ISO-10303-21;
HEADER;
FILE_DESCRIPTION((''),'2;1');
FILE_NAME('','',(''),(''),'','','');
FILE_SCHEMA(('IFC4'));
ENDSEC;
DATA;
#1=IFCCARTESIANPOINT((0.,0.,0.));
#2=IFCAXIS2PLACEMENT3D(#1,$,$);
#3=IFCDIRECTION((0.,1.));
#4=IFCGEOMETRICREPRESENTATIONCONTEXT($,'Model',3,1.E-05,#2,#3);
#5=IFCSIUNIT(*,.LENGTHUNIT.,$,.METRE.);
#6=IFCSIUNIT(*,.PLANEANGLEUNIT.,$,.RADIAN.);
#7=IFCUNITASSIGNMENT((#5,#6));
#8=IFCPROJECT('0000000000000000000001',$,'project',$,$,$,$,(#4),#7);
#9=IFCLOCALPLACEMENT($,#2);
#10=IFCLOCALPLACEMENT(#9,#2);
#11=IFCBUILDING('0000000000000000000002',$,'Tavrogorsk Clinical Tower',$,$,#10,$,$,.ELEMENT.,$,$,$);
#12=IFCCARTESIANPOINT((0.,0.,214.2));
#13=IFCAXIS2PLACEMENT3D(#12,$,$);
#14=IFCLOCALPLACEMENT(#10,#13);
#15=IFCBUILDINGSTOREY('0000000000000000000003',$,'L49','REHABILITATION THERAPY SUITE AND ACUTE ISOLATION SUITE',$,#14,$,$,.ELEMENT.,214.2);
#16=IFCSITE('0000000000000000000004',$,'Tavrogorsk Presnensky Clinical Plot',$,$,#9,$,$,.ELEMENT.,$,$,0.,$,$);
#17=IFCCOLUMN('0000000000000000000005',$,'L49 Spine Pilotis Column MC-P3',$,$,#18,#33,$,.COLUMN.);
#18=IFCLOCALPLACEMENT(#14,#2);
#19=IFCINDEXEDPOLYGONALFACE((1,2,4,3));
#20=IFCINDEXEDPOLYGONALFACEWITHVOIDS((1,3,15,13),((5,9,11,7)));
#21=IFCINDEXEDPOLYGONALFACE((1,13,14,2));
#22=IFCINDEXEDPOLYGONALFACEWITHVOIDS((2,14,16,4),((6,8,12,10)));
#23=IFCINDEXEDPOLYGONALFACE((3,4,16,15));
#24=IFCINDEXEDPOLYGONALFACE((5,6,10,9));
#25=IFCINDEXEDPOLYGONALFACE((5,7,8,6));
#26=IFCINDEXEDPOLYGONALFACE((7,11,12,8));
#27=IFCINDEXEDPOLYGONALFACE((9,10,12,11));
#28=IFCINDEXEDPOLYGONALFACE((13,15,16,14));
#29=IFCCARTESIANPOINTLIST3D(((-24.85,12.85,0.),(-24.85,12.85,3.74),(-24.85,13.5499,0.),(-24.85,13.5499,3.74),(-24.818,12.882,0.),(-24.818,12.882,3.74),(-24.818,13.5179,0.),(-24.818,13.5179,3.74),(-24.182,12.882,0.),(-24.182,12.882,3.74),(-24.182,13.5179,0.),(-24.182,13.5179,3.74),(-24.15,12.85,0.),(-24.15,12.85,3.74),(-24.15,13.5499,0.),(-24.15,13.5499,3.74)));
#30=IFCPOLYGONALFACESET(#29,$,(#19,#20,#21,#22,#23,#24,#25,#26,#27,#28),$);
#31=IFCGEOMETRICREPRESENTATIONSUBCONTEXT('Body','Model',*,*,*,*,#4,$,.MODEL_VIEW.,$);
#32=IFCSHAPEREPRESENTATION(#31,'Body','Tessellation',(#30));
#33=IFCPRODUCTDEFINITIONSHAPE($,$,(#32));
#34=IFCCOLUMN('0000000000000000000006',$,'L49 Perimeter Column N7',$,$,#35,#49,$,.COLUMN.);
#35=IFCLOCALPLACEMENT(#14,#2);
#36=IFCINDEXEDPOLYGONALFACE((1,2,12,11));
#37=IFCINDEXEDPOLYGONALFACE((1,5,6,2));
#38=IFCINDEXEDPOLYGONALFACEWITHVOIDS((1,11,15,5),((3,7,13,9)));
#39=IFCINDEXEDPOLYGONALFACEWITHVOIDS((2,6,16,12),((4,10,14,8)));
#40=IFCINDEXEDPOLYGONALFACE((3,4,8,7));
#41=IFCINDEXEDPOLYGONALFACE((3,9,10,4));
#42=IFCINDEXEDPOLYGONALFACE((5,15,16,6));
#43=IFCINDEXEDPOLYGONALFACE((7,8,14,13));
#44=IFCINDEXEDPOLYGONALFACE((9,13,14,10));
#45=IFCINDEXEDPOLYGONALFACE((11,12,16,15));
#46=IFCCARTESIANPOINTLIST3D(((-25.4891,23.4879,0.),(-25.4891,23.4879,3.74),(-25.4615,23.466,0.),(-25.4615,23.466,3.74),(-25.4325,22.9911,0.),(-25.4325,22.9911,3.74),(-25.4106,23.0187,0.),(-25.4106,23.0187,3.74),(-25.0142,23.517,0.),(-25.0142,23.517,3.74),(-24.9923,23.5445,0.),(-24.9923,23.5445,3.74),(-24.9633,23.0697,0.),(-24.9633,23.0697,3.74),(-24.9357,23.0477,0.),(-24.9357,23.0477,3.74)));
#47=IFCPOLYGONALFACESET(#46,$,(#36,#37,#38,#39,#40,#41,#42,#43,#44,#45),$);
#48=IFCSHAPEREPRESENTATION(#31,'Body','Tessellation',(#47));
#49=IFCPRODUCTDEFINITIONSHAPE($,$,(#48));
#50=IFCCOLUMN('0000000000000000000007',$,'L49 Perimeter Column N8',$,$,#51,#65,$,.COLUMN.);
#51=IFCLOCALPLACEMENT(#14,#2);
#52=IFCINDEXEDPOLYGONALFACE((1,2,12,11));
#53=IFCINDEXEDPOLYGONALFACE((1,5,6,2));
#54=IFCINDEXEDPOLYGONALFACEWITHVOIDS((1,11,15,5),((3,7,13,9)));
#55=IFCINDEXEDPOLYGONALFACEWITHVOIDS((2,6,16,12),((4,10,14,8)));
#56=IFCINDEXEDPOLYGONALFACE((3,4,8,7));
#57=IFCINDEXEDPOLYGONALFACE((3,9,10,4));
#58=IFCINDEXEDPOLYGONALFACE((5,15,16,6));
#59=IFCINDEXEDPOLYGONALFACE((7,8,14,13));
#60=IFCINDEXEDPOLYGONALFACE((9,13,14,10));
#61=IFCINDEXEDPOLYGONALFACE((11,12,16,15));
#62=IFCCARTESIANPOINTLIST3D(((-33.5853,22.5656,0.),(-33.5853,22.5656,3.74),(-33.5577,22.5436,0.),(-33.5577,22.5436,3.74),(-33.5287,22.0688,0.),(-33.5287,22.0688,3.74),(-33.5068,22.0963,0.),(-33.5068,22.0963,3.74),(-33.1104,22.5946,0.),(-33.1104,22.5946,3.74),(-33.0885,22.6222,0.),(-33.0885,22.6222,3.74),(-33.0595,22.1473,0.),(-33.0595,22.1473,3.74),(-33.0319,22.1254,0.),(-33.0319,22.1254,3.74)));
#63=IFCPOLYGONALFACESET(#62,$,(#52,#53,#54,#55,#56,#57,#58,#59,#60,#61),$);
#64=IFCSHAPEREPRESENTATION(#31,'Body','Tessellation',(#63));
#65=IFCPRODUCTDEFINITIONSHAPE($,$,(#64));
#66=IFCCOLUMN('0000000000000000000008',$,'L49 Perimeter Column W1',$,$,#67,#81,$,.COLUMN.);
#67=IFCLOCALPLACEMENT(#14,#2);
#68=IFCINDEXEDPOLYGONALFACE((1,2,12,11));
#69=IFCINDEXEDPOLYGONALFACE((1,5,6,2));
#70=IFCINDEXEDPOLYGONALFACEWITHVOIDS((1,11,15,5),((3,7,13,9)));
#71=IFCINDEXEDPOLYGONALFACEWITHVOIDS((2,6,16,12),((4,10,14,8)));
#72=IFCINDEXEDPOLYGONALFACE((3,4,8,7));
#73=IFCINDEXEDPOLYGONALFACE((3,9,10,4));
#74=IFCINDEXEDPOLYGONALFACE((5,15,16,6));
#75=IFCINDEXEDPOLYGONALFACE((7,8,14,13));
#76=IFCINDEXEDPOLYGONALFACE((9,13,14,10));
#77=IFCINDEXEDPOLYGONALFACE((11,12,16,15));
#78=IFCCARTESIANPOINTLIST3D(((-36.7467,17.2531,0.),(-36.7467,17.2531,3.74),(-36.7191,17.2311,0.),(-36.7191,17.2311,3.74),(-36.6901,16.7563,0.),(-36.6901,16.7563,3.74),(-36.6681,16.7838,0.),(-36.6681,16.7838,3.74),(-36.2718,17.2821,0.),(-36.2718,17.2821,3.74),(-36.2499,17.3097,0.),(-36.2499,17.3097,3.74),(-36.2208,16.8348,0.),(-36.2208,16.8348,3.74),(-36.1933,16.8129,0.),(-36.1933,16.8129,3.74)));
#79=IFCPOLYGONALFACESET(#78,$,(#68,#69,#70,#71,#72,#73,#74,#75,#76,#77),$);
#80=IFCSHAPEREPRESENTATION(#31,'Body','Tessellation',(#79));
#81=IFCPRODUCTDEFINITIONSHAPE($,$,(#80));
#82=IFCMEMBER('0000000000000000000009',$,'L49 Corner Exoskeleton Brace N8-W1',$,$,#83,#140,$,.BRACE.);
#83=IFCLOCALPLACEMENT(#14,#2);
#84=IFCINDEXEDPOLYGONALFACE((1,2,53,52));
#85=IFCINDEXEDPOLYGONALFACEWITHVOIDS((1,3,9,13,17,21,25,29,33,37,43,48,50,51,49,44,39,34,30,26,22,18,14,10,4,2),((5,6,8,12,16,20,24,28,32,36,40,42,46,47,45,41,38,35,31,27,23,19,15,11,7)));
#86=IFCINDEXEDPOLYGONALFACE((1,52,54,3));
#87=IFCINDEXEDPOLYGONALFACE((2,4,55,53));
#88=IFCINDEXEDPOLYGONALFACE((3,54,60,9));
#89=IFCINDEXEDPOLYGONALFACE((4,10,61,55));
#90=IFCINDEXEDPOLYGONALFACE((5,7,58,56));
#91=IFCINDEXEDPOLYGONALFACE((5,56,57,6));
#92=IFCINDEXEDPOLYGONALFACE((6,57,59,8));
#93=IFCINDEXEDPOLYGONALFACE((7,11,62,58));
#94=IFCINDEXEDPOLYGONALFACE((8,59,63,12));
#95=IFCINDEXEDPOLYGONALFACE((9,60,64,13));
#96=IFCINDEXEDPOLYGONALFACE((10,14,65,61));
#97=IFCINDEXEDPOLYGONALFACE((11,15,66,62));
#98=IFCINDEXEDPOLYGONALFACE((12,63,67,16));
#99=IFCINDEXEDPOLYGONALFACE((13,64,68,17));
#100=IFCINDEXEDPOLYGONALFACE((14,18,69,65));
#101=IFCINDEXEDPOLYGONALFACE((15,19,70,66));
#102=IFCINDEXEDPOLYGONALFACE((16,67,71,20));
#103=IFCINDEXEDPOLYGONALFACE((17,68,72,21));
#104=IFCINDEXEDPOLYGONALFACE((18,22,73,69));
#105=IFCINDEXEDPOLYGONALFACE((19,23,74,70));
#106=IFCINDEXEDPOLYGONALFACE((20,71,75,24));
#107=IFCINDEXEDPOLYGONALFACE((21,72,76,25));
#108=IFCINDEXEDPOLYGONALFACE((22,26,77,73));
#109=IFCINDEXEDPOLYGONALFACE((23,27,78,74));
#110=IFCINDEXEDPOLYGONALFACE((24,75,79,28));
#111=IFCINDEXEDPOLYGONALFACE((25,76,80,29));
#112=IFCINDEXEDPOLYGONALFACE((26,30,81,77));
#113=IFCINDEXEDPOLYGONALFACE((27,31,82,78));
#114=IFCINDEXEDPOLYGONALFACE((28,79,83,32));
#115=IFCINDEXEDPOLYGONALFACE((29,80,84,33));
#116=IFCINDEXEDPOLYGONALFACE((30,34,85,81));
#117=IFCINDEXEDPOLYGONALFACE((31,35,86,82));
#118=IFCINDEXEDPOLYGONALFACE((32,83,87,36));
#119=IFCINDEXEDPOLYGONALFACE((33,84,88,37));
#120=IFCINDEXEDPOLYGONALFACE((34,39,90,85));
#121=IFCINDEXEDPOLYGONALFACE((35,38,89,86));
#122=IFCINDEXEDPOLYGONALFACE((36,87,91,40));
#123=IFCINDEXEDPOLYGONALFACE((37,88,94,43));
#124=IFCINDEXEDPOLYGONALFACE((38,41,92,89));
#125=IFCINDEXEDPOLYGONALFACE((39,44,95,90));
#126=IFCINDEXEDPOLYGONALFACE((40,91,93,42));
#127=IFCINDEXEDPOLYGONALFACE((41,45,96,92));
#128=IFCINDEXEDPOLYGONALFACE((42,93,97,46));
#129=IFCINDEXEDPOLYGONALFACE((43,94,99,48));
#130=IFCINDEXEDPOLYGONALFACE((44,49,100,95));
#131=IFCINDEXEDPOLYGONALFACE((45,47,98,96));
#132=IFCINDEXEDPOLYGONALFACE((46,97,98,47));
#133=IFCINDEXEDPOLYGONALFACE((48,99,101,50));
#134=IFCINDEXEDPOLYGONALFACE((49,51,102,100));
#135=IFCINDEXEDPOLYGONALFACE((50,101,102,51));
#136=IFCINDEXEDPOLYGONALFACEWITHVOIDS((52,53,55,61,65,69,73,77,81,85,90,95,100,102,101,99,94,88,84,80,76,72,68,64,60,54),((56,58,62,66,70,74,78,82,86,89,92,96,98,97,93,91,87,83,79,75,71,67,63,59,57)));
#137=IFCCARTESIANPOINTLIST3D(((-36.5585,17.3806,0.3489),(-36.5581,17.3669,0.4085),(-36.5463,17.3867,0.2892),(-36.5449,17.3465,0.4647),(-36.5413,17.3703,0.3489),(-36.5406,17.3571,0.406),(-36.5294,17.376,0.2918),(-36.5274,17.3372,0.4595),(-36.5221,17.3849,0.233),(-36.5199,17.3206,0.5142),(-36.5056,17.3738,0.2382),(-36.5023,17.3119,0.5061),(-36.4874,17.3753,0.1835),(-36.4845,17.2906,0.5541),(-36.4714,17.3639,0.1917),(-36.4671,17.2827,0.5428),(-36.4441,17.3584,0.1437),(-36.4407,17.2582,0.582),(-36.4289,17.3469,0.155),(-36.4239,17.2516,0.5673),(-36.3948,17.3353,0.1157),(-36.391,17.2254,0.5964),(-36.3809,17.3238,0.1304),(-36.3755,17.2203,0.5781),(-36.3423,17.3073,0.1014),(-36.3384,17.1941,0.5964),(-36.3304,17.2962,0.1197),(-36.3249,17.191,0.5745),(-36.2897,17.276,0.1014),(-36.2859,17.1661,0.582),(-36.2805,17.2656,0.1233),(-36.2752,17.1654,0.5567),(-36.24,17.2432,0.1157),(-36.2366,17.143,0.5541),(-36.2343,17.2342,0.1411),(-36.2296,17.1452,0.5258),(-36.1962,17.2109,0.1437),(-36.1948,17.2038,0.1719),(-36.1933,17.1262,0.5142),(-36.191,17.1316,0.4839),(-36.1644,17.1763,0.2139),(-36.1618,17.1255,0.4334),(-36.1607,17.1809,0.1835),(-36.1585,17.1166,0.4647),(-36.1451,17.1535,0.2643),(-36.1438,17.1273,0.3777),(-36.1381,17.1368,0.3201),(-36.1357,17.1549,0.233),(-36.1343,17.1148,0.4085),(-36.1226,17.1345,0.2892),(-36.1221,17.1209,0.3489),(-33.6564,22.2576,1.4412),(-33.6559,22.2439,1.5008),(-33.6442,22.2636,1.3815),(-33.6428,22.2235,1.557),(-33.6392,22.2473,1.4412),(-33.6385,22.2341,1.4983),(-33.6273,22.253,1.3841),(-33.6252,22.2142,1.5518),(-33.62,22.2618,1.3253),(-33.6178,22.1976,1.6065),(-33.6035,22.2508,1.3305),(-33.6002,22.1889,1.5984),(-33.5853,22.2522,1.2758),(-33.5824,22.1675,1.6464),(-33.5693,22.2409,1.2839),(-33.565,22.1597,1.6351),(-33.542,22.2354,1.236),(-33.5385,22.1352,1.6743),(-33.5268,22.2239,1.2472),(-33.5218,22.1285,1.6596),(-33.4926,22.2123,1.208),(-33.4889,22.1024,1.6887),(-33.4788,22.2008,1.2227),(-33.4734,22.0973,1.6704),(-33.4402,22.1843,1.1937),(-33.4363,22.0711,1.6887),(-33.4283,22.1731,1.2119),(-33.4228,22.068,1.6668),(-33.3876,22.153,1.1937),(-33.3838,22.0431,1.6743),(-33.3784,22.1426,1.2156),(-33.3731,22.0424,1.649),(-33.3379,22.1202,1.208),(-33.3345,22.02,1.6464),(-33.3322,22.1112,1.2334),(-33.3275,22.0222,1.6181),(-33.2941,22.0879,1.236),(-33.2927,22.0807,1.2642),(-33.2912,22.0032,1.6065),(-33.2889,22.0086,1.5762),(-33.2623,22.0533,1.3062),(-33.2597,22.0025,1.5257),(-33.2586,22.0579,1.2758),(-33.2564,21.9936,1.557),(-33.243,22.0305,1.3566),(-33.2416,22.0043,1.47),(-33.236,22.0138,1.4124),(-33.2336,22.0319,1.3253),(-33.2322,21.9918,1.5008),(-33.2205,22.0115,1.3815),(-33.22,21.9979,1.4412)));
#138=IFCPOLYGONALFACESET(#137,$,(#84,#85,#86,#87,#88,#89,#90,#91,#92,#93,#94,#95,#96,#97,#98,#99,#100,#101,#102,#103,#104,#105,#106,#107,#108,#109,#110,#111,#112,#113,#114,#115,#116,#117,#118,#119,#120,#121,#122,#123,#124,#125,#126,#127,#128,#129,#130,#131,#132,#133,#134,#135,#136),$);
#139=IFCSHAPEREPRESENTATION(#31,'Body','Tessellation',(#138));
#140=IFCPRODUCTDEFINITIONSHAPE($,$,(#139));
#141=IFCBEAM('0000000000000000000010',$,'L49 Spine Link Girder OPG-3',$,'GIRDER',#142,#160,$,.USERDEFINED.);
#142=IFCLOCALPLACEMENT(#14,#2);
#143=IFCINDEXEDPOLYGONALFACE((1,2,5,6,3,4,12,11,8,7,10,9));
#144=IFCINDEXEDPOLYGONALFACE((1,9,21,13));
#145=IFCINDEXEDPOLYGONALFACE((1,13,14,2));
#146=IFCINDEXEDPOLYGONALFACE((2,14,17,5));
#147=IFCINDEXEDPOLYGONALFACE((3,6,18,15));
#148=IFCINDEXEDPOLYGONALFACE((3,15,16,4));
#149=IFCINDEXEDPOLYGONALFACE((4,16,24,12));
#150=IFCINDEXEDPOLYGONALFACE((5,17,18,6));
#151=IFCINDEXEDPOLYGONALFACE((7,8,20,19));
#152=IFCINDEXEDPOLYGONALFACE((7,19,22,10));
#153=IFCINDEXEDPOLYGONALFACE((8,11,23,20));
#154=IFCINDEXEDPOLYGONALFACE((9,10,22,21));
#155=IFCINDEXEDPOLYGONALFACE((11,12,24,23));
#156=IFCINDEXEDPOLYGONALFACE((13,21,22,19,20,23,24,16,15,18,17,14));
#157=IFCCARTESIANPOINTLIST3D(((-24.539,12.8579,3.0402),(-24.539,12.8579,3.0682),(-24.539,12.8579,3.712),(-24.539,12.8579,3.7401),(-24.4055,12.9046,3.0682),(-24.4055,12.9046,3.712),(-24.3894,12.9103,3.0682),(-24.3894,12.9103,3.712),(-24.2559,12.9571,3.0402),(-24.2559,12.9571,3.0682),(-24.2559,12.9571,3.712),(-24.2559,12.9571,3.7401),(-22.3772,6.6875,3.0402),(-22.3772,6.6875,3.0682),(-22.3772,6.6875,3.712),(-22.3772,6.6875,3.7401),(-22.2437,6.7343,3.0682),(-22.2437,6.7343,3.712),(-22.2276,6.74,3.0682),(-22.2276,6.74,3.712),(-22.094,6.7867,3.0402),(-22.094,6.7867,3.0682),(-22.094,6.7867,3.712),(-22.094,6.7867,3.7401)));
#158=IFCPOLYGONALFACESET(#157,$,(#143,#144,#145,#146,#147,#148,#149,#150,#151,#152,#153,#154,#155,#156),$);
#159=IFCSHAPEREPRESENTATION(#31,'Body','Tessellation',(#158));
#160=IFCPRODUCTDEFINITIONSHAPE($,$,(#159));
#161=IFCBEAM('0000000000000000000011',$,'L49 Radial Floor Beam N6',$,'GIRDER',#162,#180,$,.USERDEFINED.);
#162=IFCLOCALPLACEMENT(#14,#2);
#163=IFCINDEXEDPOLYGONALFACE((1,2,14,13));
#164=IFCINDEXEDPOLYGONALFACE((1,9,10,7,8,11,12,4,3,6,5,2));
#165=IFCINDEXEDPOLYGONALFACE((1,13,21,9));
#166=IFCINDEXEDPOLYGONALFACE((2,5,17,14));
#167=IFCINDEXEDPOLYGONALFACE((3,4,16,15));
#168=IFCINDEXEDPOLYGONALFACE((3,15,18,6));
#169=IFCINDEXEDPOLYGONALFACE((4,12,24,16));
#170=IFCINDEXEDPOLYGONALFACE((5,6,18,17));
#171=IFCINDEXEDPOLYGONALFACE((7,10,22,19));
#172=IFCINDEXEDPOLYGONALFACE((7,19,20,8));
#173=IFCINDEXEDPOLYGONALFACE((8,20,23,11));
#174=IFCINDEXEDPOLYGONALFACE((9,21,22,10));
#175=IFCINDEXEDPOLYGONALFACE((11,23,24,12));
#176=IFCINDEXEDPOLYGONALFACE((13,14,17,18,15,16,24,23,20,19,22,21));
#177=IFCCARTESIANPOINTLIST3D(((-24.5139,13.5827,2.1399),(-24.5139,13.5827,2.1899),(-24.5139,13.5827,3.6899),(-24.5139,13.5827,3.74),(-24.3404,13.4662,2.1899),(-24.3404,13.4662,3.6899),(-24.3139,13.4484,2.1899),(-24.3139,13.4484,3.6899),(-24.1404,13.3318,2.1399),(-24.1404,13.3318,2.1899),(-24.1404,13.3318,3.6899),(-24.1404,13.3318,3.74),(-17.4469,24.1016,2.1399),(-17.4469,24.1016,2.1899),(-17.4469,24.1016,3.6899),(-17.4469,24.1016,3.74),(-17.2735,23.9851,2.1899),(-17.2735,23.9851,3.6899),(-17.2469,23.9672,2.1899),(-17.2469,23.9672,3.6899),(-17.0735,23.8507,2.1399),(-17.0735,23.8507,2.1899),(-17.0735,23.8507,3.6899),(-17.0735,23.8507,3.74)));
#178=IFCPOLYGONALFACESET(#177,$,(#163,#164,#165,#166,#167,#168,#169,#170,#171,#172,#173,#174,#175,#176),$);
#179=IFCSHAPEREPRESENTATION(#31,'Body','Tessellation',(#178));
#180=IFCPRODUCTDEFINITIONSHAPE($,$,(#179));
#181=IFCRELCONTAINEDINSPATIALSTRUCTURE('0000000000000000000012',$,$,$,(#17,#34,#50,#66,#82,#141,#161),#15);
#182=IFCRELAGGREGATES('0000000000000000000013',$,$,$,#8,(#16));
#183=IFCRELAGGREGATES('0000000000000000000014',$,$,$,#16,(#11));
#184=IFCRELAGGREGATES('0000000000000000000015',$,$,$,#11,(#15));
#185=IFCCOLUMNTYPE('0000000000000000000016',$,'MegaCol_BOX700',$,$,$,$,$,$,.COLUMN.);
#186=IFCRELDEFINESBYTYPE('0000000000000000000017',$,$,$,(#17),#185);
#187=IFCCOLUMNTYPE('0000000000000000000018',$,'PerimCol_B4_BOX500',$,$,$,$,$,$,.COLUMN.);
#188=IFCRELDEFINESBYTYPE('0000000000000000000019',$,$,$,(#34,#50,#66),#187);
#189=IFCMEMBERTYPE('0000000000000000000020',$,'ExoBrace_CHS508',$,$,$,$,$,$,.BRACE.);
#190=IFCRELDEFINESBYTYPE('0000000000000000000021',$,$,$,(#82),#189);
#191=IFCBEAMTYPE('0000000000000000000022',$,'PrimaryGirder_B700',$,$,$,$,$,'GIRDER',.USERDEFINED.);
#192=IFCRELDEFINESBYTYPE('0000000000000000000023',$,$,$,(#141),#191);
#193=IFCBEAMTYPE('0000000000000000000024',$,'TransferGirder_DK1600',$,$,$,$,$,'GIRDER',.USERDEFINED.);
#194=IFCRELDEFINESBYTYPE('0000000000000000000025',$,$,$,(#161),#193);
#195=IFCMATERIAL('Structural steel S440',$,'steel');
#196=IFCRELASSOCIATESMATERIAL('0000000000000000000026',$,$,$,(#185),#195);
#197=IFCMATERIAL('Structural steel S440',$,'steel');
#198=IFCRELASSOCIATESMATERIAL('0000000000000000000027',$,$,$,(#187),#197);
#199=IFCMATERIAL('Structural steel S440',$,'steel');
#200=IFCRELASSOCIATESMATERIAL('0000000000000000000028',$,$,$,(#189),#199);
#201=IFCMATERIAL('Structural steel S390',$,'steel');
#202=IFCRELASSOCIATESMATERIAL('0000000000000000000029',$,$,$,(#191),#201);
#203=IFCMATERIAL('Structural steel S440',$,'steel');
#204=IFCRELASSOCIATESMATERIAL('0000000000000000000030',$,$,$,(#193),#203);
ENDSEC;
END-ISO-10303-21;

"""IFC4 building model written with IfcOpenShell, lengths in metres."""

from ifc_helpers import new_model, si_unit, direction, frame, origin, origin_2d, place, context, subcontext, project, spatial, hollow_rectangle, hollow_circle, i_section, extrude, material, material_profile, profile_set, type_object, element, save


model = new_model("IFC4")

# Units and contexts
model_context = context("Model", 3, precision=1e-05, world=origin(), true_north=direction((0.0, 1.0)))
body_context = subcontext(model_context, "Body", "Model", "MODEL_VIEW")
ifc_project = project(units=[si_unit("LENGTHUNIT", "METRE"), si_unit("PLANEANGLEUNIT", "RADIAN")], contexts=[model_context])

# Site, building, storey
site_placement = place(None, origin())
site = spatial("IfcSite", under=ifc_project, at=site_placement, Name="Tavrogorsk Presnensky Clinical Plot", CompositionType="ELEMENT", RefElevation=0.0)
building_placement = place(site_placement, origin())
building = spatial("IfcBuilding", under=site, at=building_placement, Name="Tavrogorsk Clinical Tower", CompositionType="ELEMENT")
storey_placement = place(building_placement, frame((0.0, 0.0, 214.2)))
storey = spatial("IfcBuildingStorey", under=building, at=storey_placement, Name="L49", Description="REHABILITATION THERAPY SUITE AND ACUTE ISOLATION SUITE", CompositionType="ELEMENT", Elevation=214.2)

# Columns
ifc_material_1 = material(Name="Structural steel S440", Category="steel")
ifc_material_profile_1 = material_profile(ifc_material_1, hollow_rectangle(XDim=0.7, YDim=0.7, WallThickness=0.032, at=origin_2d()), Name="BOX-700x700x32")
ifc_profile_set_1 = profile_set([ifc_material_profile_1], Name="Structural steel S440")
column_type_1 = type_object("IfcColumnType", Name="MegaCol_BOX700", PredefinedType="COLUMN", material=ifc_profile_set_1)
column_placement = place(storey_placement, frame((-24.5, 13.2, 0.0), z_axis=(0.0, 0.0, 1.0), x_axis=(1.0, 0.0, 0.0)))
element("IfcColumn", 1, at=column_placement, inside=storey, type_object=column_type_1, Name="L49 Spine Pilotis Column MC-P3", PredefinedType="COLUMN", context=body_context, shape_type="SweptSolid", body=[
    extrude(hollow_rectangle(XDim=0.7, YDim=0.7, WallThickness=0.032, at=origin_2d()), origin(), (0.0, 0.0, 1.0), 3.74),
])
ifc_material_2 = material(Name="Structural steel S440", Category="steel")
ifc_material_profile_2 = material_profile(ifc_material_2, hollow_rectangle(XDim=0.5, YDim=0.5, WallThickness=0.0249, at=origin_2d()), Name="BOX-500x500x25")
ifc_profile_set_2 = profile_set([ifc_material_profile_2], Name="Structural steel S440")
column_type_2 = type_object("IfcColumnType", Name="PerimCol_B4_BOX500", PredefinedType="COLUMN", material=ifc_profile_set_2)
for number, where, z_axis, x_axis, name in (
    (2, (-25.2124, 23.2678, 0.0), (0.0, 0.0, 1.0), (0.993572, 0.113203, 0.0), "L49 Perimeter Column N7"),
    (3, (-33.3086, 22.3455, 0.0), (0.0, 0.0, 1.0), (0.993572, 0.113203, 0.0), "L49 Perimeter Column N8"),
    (4, (-36.47, 17.033, 0.0), (0.0, 0.0, 1.0), (0.993572, 0.113203, 0.0), "L49 Perimeter Column W1"),
):
    element("IfcColumn", number, at=place(storey_placement, frame(where, z_axis=z_axis, x_axis=x_axis)), inside=storey, type_object=column_type_2, Name=name, PredefinedType="COLUMN", context=body_context, shape_type="SweptSolid", body=[
        extrude(hollow_rectangle(XDim=0.5, YDim=0.5, WallThickness=0.0249, at=origin_2d()), origin(), (0.0, 0.0, 1.0), 3.74),
    ])

# Member
ifc_material_3 = material(Name="Structural steel S440", Category="steel")
ifc_material_profile_3 = material_profile(ifc_material_3, hollow_circle(Radius=0.2539, WallThickness=0.02, at=origin_2d()), Name="CHS-508x20")
ifc_profile_set_3 = profile_set([ifc_material_profile_3], Name="Structural steel S440")
member_type = type_object("IfcMemberType", Name="ExoBrace_CHS508", PredefinedType="BRACE", material=ifc_profile_set_3)
member_placement = place(storey_placement, frame((-36.3403, 17.2507, 0.3489), z_axis=(0.502157, 0.84387, 0.189001), x_axis=(-0.859359, 0.511373, 0.0)))
element("IfcMember", 5, at=member_placement, inside=storey, type_object=member_type, Name="L49 Corner Exoskeleton Brace N8-W1", PredefinedType="BRACE", context=body_context, shape_type="SweptSolid", body=[
    extrude(hollow_circle(Radius=0.2539, WallThickness=0.02, at=origin_2d()), origin(), (0.0, 0.0, 1.0), 5.7793),
])

# Beams
ifc_material_4 = material(Name="Structural steel S390", Category="steel")
ifc_material_profile_4 = material_profile(ifc_material_4, i_section(OverallWidth=0.3, OverallDepth=0.7, WebThickness=0.0171, FlangeThickness=0.0281, at=origin_2d()), Name="B-700x300x17x28")
ifc_profile_set_4 = profile_set([ifc_material_profile_4], Name="Structural steel S390")
beam_type_1 = type_object("IfcBeamType", Name="PrimaryGirder_B700", ElementType="GIRDER", PredefinedType="USERDEFINED", material=ifc_profile_set_4)
beam_1_placement = place(storey_placement, frame((-24.3975, 12.9075, 3.3901), z_axis=(0.330653, -0.943752, 0.0), x_axis=(0.943752, 0.330653, 0.0)))
element("IfcBeam", 6, at=beam_1_placement, inside=storey, type_object=beam_type_1, Name="L49 Spine Link Girder OPG-3", ObjectType="GIRDER", PredefinedType="USERDEFINED", context=body_context, shape_type="SweptSolid", body=[
    extrude(i_section(OverallWidth=0.3, OverallDepth=0.7, WebThickness=0.0171, FlangeThickness=0.0281, at=origin_2d()), origin(), (0.0, 0.0, 1.0), 6.5381),
])
ifc_material_5 = material(Name="Structural steel S440", Category="steel")
ifc_material_profile_5 = material_profile(ifc_material_5, i_section(OverallWidth=0.45, OverallDepth=1.6001, WebThickness=0.032, FlangeThickness=0.05, at=origin_2d()), Name="DK-1600x450x32x50")
ifc_profile_set_5 = profile_set([ifc_material_profile_5], Name="Structural steel S440")
beam_type_2 = type_object("IfcBeamType", Name="TransferGirder_DK1600", ElementType="GIRDER", PredefinedType="USERDEFINED", material=ifc_profile_set_5)
beam_2_placement = place(storey_placement, frame((-24.3271, 13.4573, 2.9399), z_axis=(0.557667, 0.830065, 0.0), x_axis=(-0.830065, 0.557667, 0.0)))
element("IfcBeam", 7, at=beam_2_placement, inside=storey, type_object=beam_type_2, Name="L49 Radial Floor Beam N6", ObjectType="GIRDER", PredefinedType="USERDEFINED", context=body_context, shape_type="SweptSolid", body=[
    extrude(i_section(OverallWidth=0.45, OverallDepth=1.6001, WebThickness=0.032, FlangeThickness=0.05, at=origin_2d()), origin(), (0.0, 0.0, 1.0), 12.6724),
])

save(model, "model.ifc")
